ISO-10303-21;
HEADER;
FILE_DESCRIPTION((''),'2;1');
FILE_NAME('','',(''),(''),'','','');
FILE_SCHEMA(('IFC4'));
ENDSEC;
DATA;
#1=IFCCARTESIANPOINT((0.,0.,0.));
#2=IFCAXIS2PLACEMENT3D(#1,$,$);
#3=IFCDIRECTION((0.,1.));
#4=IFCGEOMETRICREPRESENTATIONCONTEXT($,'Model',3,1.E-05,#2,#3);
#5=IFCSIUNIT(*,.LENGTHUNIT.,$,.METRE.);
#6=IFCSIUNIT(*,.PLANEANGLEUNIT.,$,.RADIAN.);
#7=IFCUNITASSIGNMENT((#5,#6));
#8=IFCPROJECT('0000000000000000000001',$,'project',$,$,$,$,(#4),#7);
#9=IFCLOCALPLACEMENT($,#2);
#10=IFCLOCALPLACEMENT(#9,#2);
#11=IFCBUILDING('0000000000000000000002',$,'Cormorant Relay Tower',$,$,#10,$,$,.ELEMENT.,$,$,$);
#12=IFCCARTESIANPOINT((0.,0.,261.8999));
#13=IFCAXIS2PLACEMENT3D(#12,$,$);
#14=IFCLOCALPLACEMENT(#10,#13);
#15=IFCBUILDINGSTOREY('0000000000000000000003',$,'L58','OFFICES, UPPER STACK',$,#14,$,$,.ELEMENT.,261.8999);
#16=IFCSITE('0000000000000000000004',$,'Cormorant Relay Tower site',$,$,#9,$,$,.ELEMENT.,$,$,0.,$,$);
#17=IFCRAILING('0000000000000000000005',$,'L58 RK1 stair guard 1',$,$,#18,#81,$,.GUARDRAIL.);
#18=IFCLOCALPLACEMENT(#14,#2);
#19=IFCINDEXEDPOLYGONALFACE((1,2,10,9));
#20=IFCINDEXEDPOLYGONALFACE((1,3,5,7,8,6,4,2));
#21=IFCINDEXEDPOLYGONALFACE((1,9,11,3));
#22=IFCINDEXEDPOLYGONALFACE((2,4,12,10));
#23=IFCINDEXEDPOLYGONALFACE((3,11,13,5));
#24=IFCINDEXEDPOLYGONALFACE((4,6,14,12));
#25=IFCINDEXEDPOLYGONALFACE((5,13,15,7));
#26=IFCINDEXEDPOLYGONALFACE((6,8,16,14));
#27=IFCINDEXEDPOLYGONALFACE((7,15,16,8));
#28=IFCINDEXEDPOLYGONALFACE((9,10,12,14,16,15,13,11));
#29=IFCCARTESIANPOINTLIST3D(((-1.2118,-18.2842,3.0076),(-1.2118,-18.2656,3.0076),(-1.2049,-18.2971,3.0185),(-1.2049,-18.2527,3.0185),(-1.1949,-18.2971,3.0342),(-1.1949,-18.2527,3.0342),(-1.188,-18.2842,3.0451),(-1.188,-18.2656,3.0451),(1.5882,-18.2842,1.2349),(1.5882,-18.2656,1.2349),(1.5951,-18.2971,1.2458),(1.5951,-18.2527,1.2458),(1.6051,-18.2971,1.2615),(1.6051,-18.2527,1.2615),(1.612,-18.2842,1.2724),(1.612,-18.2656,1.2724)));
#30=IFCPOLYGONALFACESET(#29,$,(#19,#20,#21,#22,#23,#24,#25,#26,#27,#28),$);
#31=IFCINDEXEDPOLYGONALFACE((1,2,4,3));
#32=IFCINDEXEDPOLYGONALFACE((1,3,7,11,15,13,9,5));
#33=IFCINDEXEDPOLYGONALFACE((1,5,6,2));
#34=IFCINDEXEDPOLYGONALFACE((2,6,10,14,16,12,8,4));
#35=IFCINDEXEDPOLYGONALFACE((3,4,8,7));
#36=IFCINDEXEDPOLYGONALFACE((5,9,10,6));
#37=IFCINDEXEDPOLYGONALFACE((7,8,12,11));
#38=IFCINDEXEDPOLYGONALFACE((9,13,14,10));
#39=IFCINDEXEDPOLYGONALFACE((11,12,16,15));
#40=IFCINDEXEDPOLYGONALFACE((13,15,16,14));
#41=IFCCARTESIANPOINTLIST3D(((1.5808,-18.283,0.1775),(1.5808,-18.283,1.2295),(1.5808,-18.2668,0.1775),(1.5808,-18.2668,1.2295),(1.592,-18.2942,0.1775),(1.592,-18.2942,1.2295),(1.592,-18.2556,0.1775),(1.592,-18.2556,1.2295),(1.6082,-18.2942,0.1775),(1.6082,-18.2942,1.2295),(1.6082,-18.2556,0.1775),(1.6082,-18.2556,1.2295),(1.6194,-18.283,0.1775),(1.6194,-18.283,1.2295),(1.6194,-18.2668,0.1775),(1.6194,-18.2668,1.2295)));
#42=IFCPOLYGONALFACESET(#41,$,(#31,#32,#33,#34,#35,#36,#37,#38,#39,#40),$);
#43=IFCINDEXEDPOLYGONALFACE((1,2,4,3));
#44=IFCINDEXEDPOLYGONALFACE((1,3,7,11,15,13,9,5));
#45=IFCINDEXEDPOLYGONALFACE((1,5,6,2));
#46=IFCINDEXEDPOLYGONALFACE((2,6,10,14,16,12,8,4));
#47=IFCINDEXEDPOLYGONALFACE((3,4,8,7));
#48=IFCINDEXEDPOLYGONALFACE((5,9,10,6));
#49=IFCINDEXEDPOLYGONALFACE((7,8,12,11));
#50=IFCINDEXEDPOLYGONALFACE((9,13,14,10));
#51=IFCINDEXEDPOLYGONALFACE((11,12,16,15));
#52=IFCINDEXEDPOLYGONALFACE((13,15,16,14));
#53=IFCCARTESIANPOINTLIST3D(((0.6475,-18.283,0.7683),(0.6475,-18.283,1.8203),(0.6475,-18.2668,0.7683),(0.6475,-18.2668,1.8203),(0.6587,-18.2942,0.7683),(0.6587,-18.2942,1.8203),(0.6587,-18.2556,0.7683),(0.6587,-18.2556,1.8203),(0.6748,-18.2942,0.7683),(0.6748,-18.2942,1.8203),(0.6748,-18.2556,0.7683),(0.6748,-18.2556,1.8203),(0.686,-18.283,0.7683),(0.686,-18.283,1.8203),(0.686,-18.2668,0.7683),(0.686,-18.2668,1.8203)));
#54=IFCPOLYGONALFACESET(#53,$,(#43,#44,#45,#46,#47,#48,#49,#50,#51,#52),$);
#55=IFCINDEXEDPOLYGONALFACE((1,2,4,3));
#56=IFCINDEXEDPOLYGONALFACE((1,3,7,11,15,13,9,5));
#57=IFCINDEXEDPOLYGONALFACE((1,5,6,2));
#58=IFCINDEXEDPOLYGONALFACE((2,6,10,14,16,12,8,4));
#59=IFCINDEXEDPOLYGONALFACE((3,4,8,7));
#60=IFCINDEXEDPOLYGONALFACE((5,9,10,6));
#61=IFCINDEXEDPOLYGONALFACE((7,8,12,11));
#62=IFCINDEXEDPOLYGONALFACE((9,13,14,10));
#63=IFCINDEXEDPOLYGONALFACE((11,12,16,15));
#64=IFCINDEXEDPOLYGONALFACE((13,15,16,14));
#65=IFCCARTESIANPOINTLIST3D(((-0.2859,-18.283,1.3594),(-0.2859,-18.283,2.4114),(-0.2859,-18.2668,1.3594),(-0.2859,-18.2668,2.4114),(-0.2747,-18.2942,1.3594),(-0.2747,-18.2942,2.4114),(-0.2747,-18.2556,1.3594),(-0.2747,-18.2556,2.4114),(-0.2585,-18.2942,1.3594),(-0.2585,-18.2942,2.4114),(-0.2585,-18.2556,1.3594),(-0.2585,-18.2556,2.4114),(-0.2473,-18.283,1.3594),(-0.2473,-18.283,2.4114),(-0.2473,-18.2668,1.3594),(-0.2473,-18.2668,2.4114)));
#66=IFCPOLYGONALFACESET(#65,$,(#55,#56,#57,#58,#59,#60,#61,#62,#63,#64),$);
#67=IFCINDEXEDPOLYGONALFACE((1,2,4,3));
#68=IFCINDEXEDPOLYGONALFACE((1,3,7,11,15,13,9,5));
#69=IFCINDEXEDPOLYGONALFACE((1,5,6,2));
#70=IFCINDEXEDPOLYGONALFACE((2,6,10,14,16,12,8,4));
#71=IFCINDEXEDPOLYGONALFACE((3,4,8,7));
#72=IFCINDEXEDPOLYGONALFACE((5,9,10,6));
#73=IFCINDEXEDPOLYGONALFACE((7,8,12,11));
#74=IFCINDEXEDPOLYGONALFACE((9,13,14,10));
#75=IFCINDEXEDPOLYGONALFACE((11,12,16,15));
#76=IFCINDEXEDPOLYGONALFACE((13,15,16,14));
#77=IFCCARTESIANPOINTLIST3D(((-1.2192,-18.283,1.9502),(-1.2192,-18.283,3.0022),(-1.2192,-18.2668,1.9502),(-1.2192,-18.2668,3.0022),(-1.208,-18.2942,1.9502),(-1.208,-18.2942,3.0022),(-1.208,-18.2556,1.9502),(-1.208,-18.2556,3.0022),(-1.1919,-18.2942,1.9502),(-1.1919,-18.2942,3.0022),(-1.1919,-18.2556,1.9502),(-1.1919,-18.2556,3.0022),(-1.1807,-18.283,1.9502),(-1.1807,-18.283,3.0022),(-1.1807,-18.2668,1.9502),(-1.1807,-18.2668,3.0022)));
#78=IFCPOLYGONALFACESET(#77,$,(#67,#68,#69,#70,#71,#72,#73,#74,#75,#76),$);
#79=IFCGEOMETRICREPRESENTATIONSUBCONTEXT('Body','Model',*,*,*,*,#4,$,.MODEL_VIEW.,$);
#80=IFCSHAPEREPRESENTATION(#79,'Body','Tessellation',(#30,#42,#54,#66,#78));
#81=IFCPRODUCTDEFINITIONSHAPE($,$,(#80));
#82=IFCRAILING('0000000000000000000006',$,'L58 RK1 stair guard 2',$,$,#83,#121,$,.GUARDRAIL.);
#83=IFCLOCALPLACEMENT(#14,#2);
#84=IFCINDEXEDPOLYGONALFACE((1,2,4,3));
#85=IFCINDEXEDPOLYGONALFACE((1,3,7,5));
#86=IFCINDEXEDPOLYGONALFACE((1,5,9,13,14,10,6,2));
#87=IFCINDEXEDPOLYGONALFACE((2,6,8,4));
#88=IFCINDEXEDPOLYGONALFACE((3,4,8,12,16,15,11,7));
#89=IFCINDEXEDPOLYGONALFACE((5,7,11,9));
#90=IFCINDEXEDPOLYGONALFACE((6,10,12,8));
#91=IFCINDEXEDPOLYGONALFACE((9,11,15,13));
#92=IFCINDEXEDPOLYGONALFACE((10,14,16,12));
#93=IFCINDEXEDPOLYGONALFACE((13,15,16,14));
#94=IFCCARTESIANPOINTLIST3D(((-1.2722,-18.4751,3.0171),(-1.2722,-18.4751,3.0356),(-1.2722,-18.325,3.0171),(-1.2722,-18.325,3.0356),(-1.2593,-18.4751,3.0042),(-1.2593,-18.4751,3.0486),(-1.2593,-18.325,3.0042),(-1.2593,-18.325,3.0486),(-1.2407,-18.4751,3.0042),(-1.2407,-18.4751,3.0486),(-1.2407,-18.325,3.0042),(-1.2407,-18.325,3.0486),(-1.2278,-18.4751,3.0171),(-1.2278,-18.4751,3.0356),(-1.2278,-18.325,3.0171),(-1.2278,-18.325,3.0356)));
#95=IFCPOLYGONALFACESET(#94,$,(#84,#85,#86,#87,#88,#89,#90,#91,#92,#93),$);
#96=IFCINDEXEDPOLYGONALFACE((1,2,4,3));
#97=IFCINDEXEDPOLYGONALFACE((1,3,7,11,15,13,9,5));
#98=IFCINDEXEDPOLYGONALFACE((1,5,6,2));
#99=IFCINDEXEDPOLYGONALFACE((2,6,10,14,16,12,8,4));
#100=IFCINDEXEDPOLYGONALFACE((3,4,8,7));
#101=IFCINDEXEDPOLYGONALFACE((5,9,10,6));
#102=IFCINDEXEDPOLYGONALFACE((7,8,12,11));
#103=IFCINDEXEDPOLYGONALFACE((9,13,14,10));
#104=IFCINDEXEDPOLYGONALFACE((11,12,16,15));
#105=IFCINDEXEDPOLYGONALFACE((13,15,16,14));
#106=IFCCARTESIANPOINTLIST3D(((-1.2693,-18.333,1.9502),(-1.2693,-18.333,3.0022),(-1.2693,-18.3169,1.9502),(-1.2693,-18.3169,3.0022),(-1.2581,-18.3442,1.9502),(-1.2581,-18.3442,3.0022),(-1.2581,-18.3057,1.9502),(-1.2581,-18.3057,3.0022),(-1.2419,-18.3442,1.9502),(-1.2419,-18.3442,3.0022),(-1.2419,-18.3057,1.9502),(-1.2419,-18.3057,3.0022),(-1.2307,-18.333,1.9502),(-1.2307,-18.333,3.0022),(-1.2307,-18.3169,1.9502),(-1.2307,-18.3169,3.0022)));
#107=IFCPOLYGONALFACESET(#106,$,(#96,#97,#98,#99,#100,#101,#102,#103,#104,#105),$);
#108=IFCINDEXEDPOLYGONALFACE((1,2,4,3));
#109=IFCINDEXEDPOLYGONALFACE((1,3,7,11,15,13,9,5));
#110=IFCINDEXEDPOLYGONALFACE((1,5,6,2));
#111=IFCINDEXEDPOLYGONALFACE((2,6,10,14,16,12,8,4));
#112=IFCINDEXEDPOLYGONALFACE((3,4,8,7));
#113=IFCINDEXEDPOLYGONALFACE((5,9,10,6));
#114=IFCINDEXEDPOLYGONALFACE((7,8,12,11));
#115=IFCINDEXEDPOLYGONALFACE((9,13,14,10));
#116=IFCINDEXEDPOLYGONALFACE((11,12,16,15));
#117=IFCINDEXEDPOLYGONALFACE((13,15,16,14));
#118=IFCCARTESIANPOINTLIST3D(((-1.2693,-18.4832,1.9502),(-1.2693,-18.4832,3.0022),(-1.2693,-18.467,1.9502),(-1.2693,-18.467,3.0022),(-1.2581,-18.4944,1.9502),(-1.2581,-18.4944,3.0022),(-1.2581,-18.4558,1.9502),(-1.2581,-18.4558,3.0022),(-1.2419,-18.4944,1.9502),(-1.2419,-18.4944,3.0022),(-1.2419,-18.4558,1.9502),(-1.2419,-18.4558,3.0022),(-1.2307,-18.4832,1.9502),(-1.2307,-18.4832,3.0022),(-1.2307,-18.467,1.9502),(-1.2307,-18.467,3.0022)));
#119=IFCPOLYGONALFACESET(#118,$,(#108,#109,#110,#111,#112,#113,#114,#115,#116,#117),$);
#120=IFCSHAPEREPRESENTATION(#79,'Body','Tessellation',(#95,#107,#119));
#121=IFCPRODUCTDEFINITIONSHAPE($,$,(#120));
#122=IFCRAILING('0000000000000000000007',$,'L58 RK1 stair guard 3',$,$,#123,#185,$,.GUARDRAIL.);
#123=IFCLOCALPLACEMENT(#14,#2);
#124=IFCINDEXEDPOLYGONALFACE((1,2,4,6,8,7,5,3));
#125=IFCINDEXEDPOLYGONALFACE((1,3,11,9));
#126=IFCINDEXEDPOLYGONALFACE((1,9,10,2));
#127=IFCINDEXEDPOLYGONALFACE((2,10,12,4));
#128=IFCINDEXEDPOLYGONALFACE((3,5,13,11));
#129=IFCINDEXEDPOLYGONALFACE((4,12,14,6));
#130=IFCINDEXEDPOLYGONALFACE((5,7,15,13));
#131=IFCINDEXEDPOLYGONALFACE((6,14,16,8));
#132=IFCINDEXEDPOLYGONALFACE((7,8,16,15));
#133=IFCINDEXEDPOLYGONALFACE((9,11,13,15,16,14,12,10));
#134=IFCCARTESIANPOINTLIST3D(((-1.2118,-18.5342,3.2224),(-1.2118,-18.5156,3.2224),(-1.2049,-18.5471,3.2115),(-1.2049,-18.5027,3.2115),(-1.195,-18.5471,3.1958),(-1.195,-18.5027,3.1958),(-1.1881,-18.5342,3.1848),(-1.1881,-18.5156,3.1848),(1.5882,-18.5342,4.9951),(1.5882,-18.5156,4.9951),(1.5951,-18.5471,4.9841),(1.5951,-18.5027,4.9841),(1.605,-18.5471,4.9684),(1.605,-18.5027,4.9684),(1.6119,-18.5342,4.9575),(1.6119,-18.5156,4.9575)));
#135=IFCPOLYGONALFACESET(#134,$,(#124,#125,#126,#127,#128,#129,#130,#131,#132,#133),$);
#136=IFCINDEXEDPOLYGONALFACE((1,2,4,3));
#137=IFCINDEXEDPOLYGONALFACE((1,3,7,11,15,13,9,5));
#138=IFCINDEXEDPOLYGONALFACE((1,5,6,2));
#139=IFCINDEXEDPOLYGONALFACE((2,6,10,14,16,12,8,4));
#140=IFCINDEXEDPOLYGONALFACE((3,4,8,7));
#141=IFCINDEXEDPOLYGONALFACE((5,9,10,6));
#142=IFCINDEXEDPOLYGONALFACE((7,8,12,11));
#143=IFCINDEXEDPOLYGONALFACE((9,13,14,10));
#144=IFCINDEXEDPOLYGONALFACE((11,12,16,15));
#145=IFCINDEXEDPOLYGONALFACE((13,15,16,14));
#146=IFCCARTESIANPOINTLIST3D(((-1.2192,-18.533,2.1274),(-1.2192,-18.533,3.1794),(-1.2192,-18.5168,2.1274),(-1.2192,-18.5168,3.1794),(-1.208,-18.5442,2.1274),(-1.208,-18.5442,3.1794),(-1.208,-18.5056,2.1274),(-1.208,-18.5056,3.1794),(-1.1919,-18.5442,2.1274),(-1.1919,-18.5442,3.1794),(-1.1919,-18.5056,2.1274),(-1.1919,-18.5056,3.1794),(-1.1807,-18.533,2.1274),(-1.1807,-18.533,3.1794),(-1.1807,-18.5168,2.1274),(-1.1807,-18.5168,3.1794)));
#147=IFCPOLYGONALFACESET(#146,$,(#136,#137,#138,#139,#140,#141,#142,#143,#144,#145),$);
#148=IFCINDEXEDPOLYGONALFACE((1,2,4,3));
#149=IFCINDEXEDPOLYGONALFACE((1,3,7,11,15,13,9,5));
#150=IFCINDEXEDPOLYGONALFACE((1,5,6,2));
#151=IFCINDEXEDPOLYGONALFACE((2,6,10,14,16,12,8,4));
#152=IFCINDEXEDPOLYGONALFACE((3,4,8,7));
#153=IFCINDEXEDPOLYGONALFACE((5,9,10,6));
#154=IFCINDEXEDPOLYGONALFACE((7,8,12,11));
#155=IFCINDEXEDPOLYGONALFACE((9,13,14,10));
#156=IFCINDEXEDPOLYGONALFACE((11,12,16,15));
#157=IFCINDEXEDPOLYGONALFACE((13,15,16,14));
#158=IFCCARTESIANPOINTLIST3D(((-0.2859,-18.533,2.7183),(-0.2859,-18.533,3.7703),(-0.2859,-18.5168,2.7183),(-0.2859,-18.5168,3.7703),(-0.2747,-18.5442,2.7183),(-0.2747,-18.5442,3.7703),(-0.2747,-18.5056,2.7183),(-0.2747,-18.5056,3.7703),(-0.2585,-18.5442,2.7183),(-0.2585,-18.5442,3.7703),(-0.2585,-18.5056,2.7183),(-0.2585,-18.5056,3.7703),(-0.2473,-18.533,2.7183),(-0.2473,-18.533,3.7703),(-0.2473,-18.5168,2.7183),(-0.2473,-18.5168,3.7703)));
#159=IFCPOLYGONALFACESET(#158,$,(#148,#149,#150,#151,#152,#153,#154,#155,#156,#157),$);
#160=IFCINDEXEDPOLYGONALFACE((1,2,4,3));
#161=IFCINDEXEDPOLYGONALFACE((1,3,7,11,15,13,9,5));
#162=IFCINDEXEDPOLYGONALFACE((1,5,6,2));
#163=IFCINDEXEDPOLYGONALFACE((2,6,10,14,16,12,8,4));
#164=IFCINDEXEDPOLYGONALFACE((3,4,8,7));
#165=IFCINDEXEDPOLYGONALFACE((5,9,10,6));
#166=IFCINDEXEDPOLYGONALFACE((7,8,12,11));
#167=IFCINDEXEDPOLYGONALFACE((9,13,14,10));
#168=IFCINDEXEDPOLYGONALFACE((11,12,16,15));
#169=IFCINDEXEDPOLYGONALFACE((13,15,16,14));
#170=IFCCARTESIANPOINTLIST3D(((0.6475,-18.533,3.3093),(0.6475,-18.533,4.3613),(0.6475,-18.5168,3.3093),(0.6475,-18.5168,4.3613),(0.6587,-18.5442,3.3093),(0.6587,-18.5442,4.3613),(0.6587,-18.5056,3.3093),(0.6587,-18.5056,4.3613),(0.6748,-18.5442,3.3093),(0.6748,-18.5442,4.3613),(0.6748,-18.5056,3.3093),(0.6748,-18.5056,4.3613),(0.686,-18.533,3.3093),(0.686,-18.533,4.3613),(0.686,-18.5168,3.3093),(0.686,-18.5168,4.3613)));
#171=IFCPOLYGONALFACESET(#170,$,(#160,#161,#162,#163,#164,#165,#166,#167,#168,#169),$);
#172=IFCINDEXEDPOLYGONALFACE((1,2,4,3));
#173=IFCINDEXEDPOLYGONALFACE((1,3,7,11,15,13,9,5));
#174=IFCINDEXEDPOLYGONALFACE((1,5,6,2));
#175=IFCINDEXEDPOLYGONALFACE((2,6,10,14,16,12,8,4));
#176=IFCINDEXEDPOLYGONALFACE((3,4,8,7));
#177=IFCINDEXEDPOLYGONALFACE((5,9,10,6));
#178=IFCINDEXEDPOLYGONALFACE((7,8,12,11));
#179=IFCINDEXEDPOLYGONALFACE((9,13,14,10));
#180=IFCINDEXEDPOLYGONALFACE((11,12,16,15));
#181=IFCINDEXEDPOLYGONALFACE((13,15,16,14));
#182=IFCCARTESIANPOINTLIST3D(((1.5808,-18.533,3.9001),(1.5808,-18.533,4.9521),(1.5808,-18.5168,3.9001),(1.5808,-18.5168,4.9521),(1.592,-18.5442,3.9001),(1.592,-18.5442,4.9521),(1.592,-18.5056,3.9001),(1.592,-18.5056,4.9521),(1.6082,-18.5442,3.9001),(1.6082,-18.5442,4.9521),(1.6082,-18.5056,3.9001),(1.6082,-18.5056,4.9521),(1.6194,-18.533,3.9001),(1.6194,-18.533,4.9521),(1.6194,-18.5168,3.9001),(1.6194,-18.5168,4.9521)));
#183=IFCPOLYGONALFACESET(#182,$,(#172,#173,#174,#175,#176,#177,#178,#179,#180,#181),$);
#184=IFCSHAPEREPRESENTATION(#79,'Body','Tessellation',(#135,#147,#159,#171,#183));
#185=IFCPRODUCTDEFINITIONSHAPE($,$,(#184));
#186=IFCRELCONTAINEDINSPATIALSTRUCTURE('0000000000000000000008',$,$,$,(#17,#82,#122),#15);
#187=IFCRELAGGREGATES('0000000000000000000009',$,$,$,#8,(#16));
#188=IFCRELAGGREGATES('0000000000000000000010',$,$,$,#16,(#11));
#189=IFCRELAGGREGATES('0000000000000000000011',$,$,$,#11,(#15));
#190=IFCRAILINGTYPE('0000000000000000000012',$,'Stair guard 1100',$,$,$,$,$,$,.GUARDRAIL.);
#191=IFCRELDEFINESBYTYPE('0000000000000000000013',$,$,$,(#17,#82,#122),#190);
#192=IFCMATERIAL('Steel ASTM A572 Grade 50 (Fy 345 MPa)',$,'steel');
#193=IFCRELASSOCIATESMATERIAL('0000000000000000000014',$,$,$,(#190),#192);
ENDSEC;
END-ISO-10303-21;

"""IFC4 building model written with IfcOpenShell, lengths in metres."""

from ifc_helpers import new_model, si_unit, direction, frame, origin, place, context, subcontext, project, spatial, polyline, outline, extrude, material, type_object, element, save


model = new_model("IFC4")

# Units and contexts
model_context = context("Model", 3, precision=1e-05, world=origin(), true_north=direction((0.0, 1.0)))
body_context = subcontext(model_context, "Body", "Model", "MODEL_VIEW")
ifc_project = project(units=[si_unit("LENGTHUNIT", "METRE"), si_unit("PLANEANGLEUNIT", "RADIAN")], contexts=[model_context])

# Site, building, storey
site_placement = place(None, origin())
site = spatial("IfcSite", under=ifc_project, at=site_placement, Name="Cormorant Relay Tower site", CompositionType="ELEMENT", RefElevation=0.0)
building_placement = place(site_placement, origin())
building = spatial("IfcBuilding", under=site, at=building_placement, Name="Cormorant Relay Tower", CompositionType="ELEMENT")
storey_placement = place(building_placement, frame((0.0, 0.0, 261.8999)))
storey = spatial("IfcBuildingStorey", under=building, at=storey_placement, Name="L58", Description="OFFICES, UPPER STACK", CompositionType="ELEMENT", Elevation=261.8999)

# Railings
ifc_material_1 = material(Name="Steel ASTM A572 Grade 50 (Fy 345 MPa)", Category="steel")
railing_type_1 = type_object("IfcRailingType", Name="Stair guard 1100", PredefinedType="GUARDRAIL", material=ifc_material_1)
railing_1_placement = place(storey_placement, frame((1.6001, -18.2749, 0.1775)))
element("IfcRailing", 1, at=railing_1_placement, inside=storey, type_object=railing_type_1, Name="L58 RK1 stair guard 1", PredefinedType="GUARDRAIL", context=body_context, shape_type="SweptSolid", body=[
    extrude(outline(polyline([(0.0222, 0.0093), (0.0093, 0.0222), (-0.0093, 0.0222), (-0.0222, 0.0093), (-0.0222, -0.0093), (-0.0093, -0.0222), (0.0093, -0.0222), (0.0222, -0.0093), (0.0222, 0.0093)])), frame((0.0, 0.0, 1.0762), z_axis=(-0.844909, 0.0, 0.53491), x_axis=(0.0, -1.0, 0.0)), (0.0, 0.0, 1.0), 3.314),
    extrude(outline(polyline([(0.0193, 0.0081), (0.0081, 0.0193), (-0.0081, 0.0193), (-0.0193, 0.0081), (-0.0193, -0.0081), (-0.0081, -0.0193), (0.0081, -0.0193), (0.0193, -0.0081), (0.0193, 0.0081)])), origin(), (0.0, 0.0, 1.0), 1.052),
    extrude(outline(polyline([(0.0193, 0.0081), (0.0081, 0.0193), (-0.0081, 0.0193), (-0.0193, 0.0081), (-0.0193, -0.0081), (-0.0081, -0.0193), (0.0081, -0.0193), (0.0193, -0.0081), (0.0193, 0.0081)])), frame((-0.9333, 0.0, 0.5908)), (0.0, 0.0, 1.0), 1.052),
    extrude(outline(polyline([(0.0193, 0.0081), (0.0081, 0.0193), (-0.0081, 0.0193), (-0.0193, 0.0081), (-0.0193, -0.0081), (-0.0081, -0.0193), (0.0081, -0.0193), (0.0193, -0.0081), (0.0193, 0.0081)])), frame((-1.8667, 0.0, 1.1819)), (0.0, 0.0, 1.0), 1.052),
    extrude(outline(polyline([(0.0193, 0.0081), (0.0081, 0.0193), (-0.0081, 0.0193), (-0.0193, 0.0081), (-0.0193, -0.0081), (-0.0081, -0.0193), (0.0081, -0.0193), (0.0193, -0.0081), (0.0193, 0.0081)])), frame((-2.8, 0.0, 1.7727)), (0.0, 0.0, 1.0), 1.052),
])
railing_2_placement = place(storey_placement, frame((-1.25, -18.325, 1.9502)))
element("IfcRailing", 2, at=railing_2_placement, inside=storey, type_object=railing_type_1, Name="L58 RK1 stair guard 2", PredefinedType="GUARDRAIL", context=body_context, shape_type="SweptSolid", body=[
    extrude(outline(polyline([(0.0222, 0.0093), (0.0093, 0.0222), (-0.0093, 0.0222), (-0.0222, 0.0093), (-0.0222, -0.0093), (-0.0093, -0.0222), (0.0093, -0.0222), (0.0222, -0.0093), (0.0222, 0.0093)])), frame((0.0, 0.0, 1.0762), z_axis=(0.0, -1.0, 0.0), x_axis=(1.0, 0.0, 0.0)), (0.0, 0.0, 1.0), 0.1501),
    extrude(outline(polyline([(0.0193, 0.0081), (0.0081, 0.0193), (-0.0081, 0.0193), (-0.0193, 0.0081), (-0.0193, -0.0081), (-0.0081, -0.0193), (0.0081, -0.0193), (0.0193, -0.0081), (0.0193, 0.0081)])), origin(), (0.0, 0.0, 1.0), 1.052),
    extrude(outline(polyline([(0.0193, 0.0081), (0.0081, 0.0193), (-0.0081, 0.0193), (-0.0193, 0.0081), (-0.0193, -0.0081), (-0.0081, -0.0193), (0.0081, -0.0193), (0.0193, -0.0081), (0.0193, 0.0081)])), frame((0.0, -0.1501, 0.0)), (0.0, 0.0, 1.0), 1.052),
])
railing_3_placement = place(storey_placement, frame((-1.2, -18.5249, 2.1274)))
element("IfcRailing", 3, at=railing_3_placement, inside=storey, type_object=railing_type_1, Name="L58 RK1 stair guard 3", PredefinedType="GUARDRAIL", context=body_context, shape_type="SweptSolid", body=[
    extrude(outline(polyline([(0.0222, 0.0093), (0.0093, 0.0222), (-0.0093, 0.0222), (-0.0222, 0.0093), (-0.0222, -0.0093), (-0.0093, -0.0222), (0.0093, -0.0222), (0.0222, -0.0093), (0.0222, 0.0093)])), frame((0.0, 0.0, 1.0762), z_axis=(0.844909, 0.0, 0.53491), x_axis=(0.0, 1.0, 0.0)), (0.0, 0.0, 1.0), 3.314),
    extrude(outline(polyline([(0.0193, 0.0081), (0.0081, 0.0193), (-0.0081, 0.0193), (-0.0193, 0.0081), (-0.0193, -0.0081), (-0.0081, -0.0193), (0.0081, -0.0193), (0.0193, -0.0081), (0.0193, 0.0081)])), origin(), (0.0, 0.0, 1.0), 1.052),
    extrude(outline(polyline([(0.0193, 0.0081), (0.0081, 0.0193), (-0.0081, 0.0193), (-0.0193, 0.0081), (-0.0193, -0.0081), (-0.0081, -0.0193), (0.0081, -0.0193), (0.0193, -0.0081), (0.0193, 0.0081)])), frame((0.9333, 0.0, 0.5908)), (0.0, 0.0, 1.0), 1.052),
    extrude(outline(polyline([(0.0193, 0.0081), (0.0081, 0.0193), (-0.0081, 0.0193), (-0.0193, 0.0081), (-0.0193, -0.0081), (-0.0081, -0.0193), (0.0081, -0.0193), (0.0193, -0.0081), (0.0193, 0.0081)])), frame((1.8667, 0.0, 1.1819)), (0.0, 0.0, 1.0), 1.052),
    extrude(outline(polyline([(0.0193, 0.0081), (0.0081, 0.0193), (-0.0081, 0.0193), (-0.0193, 0.0081), (-0.0193, -0.0081), (-0.0081, -0.0193), (0.0081, -0.0193), (0.0193, -0.0081), (0.0193, 0.0081)])), frame((2.8, 0.0, 1.7727)), (0.0, 0.0, 1.0), 1.052),
])

save(model, "model.ifc")
